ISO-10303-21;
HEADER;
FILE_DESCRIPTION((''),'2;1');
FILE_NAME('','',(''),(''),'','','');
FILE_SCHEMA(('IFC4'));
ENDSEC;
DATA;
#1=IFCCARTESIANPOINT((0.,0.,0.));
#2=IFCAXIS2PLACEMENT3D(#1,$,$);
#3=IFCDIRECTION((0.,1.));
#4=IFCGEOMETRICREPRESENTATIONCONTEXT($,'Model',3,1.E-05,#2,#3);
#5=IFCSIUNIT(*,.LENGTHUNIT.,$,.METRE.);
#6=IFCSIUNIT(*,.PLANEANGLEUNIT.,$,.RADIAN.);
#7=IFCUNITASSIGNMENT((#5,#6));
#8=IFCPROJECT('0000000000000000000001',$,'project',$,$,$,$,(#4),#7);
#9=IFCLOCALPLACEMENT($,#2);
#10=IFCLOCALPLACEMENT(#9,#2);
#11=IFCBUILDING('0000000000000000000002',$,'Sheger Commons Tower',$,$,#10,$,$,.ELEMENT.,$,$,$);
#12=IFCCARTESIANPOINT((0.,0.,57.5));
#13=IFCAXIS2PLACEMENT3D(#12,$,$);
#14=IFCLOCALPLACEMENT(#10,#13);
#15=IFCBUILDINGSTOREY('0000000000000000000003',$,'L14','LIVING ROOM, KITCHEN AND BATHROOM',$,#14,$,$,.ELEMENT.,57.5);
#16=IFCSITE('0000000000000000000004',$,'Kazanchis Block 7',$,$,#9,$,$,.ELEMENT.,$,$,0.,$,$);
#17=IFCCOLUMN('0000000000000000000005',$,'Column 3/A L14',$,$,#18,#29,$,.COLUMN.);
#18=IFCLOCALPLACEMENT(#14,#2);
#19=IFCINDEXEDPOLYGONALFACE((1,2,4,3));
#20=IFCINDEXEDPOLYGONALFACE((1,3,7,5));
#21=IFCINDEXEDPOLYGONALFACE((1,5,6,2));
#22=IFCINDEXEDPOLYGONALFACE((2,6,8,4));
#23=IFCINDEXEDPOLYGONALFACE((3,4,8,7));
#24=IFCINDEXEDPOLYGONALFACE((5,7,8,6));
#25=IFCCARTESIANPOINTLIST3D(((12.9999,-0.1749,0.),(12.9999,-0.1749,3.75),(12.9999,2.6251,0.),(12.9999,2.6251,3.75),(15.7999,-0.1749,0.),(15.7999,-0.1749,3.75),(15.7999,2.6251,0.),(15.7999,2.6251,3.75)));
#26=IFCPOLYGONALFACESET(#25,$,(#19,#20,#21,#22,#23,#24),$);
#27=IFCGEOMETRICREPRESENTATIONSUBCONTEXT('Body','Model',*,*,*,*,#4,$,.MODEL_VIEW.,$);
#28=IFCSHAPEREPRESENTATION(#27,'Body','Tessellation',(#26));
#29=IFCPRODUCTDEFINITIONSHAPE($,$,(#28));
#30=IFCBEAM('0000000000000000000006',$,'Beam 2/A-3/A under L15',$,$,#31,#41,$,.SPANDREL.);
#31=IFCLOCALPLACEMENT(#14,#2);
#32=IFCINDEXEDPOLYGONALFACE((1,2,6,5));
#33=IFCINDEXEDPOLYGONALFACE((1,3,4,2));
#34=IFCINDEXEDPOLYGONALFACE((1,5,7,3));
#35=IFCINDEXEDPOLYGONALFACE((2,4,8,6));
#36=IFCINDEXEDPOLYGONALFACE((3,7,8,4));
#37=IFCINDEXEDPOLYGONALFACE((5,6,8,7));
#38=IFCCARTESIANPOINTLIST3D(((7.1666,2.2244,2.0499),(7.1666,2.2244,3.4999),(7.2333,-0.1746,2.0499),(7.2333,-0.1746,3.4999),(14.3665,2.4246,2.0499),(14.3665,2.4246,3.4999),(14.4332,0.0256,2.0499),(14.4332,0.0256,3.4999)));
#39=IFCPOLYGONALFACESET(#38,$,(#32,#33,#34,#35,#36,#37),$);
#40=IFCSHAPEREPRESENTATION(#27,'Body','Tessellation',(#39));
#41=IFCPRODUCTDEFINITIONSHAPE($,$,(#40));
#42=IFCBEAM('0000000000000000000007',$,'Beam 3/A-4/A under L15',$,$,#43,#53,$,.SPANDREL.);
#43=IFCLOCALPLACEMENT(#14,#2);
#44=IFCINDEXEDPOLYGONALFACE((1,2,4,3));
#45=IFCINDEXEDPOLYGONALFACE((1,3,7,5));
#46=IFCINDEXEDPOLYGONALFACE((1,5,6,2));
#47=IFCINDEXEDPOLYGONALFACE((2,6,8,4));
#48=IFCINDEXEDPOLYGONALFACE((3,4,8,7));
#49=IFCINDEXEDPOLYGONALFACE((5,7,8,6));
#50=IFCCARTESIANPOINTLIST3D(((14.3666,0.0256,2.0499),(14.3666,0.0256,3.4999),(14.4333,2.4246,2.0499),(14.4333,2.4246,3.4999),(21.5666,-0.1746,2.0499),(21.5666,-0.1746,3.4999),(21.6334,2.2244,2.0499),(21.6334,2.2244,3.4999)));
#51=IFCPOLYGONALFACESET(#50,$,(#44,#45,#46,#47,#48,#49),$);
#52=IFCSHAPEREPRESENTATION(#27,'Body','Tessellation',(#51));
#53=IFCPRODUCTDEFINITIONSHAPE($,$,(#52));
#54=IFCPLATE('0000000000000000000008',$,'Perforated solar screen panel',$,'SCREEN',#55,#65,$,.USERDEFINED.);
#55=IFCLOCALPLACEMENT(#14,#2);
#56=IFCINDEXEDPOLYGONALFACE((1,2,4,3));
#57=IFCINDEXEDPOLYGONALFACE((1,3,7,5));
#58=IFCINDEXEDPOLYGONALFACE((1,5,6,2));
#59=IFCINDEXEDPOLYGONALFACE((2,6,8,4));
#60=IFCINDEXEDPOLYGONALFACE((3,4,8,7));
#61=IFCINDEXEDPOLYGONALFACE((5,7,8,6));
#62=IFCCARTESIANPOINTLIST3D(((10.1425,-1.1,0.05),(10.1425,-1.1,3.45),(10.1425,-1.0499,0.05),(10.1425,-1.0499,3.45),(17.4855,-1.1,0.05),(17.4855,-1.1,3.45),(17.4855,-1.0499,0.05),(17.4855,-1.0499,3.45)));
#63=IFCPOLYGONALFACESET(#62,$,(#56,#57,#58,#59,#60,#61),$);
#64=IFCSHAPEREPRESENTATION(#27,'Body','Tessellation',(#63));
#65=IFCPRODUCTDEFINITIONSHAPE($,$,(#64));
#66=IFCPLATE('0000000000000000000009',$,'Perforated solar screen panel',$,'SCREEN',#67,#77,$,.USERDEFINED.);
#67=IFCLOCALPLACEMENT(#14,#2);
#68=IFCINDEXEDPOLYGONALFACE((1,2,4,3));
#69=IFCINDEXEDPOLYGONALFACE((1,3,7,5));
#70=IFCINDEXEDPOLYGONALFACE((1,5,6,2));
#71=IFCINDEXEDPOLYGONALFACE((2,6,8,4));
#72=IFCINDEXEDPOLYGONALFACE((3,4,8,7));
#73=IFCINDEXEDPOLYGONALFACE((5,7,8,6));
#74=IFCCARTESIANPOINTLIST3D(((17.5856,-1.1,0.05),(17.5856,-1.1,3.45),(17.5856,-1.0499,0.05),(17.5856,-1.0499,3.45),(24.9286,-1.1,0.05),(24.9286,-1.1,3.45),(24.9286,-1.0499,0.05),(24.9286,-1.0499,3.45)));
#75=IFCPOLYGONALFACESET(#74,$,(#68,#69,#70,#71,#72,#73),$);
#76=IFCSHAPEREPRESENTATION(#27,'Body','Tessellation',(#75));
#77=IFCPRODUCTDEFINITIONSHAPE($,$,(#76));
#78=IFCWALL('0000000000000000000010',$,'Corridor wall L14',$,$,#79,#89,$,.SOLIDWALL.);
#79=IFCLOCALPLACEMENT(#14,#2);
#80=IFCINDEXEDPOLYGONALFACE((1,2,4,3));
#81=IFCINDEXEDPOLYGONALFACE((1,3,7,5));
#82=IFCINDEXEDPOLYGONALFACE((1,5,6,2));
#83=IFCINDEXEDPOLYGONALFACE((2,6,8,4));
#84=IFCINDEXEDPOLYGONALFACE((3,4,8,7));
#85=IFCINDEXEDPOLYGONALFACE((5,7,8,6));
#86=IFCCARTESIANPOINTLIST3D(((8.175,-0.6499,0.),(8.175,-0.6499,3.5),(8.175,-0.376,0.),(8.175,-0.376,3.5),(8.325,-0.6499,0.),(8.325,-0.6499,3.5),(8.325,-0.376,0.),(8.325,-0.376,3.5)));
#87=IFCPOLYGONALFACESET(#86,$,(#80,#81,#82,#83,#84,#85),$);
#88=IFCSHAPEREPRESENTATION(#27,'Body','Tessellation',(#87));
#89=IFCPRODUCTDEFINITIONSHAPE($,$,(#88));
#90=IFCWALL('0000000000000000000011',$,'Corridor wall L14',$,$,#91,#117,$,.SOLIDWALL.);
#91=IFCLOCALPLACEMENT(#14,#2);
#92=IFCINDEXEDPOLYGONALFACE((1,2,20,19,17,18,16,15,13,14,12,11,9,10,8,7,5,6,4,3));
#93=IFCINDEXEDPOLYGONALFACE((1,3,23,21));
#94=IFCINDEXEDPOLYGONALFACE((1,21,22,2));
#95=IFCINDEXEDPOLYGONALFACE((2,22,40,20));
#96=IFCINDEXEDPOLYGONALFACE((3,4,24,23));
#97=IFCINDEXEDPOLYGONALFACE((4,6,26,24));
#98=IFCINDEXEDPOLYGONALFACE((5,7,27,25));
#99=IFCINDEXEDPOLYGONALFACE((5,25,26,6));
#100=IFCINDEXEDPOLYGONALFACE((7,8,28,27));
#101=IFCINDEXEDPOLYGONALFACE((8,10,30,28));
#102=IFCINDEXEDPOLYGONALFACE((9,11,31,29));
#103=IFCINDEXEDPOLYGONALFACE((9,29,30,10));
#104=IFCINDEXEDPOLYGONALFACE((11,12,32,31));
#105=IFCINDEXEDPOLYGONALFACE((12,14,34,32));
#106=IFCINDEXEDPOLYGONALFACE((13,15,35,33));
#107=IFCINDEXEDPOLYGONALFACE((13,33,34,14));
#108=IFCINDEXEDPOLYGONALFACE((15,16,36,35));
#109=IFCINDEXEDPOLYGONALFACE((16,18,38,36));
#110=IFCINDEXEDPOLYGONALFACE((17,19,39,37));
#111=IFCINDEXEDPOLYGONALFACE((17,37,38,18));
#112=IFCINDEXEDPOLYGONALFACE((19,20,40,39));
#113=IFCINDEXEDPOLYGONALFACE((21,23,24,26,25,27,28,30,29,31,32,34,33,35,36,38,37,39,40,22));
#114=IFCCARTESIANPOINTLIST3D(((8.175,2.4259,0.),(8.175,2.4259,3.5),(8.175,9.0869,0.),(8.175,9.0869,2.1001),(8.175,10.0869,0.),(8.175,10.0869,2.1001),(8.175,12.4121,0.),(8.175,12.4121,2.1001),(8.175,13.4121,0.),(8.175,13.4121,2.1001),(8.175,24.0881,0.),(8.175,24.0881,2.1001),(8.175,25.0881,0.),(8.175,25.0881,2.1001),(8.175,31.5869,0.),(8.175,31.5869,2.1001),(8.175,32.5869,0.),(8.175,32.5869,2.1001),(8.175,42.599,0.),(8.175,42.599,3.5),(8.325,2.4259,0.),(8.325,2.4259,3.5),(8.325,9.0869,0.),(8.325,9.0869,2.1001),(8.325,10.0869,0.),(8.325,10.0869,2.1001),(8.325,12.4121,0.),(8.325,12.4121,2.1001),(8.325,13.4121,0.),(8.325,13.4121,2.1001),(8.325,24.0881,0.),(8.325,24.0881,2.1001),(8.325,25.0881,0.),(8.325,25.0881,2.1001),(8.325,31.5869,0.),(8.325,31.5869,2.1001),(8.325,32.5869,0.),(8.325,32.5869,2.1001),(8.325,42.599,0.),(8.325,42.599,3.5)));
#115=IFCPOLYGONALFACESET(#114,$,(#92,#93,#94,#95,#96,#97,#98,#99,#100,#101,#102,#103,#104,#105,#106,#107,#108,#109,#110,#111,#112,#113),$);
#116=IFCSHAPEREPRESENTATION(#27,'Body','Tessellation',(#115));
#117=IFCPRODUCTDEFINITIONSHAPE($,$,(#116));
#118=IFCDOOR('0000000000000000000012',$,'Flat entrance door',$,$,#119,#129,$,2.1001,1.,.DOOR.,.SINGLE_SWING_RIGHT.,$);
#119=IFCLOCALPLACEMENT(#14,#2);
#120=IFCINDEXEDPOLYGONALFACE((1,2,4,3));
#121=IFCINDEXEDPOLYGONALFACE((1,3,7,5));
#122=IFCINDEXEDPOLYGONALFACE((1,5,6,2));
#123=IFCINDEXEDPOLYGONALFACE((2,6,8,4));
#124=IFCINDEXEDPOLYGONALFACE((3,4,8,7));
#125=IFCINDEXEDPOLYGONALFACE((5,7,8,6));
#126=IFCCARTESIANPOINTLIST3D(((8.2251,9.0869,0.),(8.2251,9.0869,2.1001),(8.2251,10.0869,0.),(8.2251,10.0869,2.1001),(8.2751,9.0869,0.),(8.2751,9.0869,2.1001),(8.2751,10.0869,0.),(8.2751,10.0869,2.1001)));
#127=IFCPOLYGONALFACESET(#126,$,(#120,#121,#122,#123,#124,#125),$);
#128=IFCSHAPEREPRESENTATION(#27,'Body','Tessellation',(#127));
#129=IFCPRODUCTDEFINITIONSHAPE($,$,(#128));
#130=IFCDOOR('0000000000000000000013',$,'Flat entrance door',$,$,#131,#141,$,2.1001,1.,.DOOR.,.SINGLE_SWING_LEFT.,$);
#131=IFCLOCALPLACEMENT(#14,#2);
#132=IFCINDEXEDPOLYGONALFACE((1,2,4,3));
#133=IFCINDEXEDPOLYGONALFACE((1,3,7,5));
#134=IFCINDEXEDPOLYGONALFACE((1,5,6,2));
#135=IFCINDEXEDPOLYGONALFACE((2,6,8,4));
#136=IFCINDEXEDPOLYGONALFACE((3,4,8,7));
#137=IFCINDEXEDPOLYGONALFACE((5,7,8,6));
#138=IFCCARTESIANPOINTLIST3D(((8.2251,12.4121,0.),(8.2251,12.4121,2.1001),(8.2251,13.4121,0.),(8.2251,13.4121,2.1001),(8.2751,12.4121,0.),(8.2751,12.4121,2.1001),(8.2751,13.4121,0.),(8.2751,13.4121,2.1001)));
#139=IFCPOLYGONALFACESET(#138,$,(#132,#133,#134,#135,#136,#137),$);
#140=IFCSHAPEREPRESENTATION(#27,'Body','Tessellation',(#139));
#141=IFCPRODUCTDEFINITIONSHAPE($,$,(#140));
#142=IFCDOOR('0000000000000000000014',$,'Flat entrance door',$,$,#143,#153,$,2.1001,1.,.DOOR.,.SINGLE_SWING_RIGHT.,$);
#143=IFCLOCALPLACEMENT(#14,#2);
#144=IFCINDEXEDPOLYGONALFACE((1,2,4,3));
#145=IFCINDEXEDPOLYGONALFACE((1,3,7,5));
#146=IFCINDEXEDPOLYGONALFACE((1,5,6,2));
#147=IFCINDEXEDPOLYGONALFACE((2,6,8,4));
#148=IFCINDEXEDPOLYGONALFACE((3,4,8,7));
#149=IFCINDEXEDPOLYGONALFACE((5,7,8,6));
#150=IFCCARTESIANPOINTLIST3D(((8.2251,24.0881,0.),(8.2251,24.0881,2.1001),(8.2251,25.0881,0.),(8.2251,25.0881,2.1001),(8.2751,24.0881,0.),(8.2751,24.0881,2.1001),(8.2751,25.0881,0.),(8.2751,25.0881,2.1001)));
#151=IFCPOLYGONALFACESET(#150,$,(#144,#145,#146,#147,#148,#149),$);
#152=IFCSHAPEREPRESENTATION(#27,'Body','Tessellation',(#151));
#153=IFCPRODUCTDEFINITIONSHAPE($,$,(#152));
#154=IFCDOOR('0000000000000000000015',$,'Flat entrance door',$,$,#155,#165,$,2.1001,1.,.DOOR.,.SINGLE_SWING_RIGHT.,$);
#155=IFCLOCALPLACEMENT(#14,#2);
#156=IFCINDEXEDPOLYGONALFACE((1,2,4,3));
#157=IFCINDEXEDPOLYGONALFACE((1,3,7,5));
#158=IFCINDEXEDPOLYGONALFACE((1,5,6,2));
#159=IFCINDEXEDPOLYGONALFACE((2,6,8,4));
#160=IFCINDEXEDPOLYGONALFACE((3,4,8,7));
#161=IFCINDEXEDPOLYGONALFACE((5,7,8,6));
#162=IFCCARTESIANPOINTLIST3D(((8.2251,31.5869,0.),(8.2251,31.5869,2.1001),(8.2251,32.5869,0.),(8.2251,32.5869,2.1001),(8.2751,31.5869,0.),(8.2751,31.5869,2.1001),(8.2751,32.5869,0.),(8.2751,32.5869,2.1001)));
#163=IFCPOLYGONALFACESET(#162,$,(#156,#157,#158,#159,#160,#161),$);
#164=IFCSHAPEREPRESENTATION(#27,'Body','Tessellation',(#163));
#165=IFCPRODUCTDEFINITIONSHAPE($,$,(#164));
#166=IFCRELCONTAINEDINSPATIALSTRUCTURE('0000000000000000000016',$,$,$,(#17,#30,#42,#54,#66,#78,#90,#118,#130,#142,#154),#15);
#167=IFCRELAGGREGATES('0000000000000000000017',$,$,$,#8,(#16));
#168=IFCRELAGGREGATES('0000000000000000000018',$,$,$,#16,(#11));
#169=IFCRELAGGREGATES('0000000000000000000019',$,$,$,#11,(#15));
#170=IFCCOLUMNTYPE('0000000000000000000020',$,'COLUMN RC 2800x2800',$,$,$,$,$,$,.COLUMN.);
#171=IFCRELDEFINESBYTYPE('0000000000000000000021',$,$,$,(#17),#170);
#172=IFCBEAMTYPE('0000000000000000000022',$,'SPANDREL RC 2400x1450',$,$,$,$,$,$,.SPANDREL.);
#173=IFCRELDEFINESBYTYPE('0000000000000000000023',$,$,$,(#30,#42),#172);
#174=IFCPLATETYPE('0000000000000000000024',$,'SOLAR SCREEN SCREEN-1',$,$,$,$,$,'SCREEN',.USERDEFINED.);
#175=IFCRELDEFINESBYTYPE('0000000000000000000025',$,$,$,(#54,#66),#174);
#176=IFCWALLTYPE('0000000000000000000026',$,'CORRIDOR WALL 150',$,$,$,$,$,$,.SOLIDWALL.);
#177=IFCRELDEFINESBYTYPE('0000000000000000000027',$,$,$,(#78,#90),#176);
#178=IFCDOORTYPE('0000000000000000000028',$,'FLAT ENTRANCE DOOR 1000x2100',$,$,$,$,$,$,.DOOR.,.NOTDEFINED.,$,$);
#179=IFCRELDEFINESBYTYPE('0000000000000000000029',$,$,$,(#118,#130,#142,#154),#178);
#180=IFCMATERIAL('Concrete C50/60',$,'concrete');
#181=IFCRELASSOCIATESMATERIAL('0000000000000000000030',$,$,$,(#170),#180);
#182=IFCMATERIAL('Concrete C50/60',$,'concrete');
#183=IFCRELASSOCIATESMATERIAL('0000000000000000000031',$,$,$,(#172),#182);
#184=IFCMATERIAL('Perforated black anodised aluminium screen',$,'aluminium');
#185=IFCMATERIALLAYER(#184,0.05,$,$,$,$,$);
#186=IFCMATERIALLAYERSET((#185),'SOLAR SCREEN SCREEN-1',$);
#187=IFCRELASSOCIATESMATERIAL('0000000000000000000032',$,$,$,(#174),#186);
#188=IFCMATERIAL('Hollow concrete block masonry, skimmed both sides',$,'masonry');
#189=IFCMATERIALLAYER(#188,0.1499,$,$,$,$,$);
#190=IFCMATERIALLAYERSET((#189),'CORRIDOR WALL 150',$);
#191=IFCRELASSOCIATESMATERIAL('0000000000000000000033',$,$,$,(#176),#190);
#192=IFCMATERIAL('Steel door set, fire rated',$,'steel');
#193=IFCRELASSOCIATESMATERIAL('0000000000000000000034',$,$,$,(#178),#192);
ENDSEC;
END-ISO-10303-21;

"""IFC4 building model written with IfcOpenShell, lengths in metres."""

from ifc_helpers import new_model, si_unit, direction, frame, frame_2d, origin, origin_2d, place, context, subcontext, project, spatial, rectangle, extrude, material, layer, layer_set, material_profile, profile_set, type_object, element, fill, save


model = new_model("IFC4")

# Units and contexts
model_context = context("Model", 3, precision=1e-05, world=origin(), true_north=direction((0.0, 1.0)))
body_context = subcontext(model_context, "Body", "Model", "MODEL_VIEW")
ifc_project = project(units=[si_unit("LENGTHUNIT", "METRE"), si_unit("PLANEANGLEUNIT", "RADIAN")], contexts=[model_context])

# Site, building, storey
site_placement = place(None, origin())
site = spatial("IfcSite", under=ifc_project, at=site_placement, Name="Kazanchis Block 7", CompositionType="ELEMENT", RefElevation=0.0)
building_placement = place(site_placement, origin())
building = spatial("IfcBuilding", under=site, at=building_placement, Name="Sheger Commons Tower", CompositionType="ELEMENT")
storey_placement = place(building_placement, frame((0.0, 0.0, 57.5)))
storey = spatial("IfcBuildingStorey", under=building, at=storey_placement, Name="L14", Description="LIVING ROOM, KITCHEN AND BATHROOM", CompositionType="ELEMENT", Elevation=57.5)

# Column
ifc_material_1 = material(Name="Concrete C50/60", Category="concrete")
ifc_material_profile_1 = material_profile(ifc_material_1, rectangle(XDim=2.8, YDim=2.8, at=origin_2d()), Name="RC 2800x2800")
ifc_profile_set_1 = profile_set([ifc_material_profile_1], Name="Concrete C50/60")
column_type = type_object("IfcColumnType", Name="COLUMN RC 2800x2800", PredefinedType="COLUMN", material=ifc_profile_set_1)
column_placement = place(storey_placement, frame((14.3999, 1.2251, 0.0), z_axis=(0.0, 0.0, 1.0), x_axis=(1.0, 0.0, 0.0)))
element("IfcColumn", 1, at=column_placement, inside=storey, type_object=column_type, Name="Column 3/A L14", PredefinedType="COLUMN", context=body_context, shape_type="SweptSolid", body=[
    extrude(rectangle(XDim=2.8, YDim=2.8, at=origin_2d()), origin(), (0.0, 0.0, 1.0), 3.75),
])

# Beams
ifc_material_2 = material(Name="Concrete C50/60", Category="concrete")
ifc_material_profile_2 = material_profile(ifc_material_2, rectangle(XDim=2.3999, YDim=1.45, at=origin_2d()), Name="RC 2400x1450")
ifc_profile_set_2 = profile_set([ifc_material_profile_2], Name="Concrete C50/60")
beam_type = type_object("IfcBeamType", Name="SPANDREL RC 2400x1450", PredefinedType="SPANDREL", material=ifc_profile_set_2)
beam_1_placement = place(storey_placement, frame((7.2, 1.0249, 2.7749), z_axis=(0.999614, 0.027794, 0.0), x_axis=(-0.027794, 0.999614, 0.0)))
element("IfcBeam", 2, at=beam_1_placement, inside=storey, type_object=beam_type, Name="Beam 2/A-3/A under L15", PredefinedType="SPANDREL", context=body_context, shape_type="SweptSolid", body=[
    extrude(rectangle(XDim=2.3999, YDim=1.45, at=origin_2d()), origin(), (0.0, 0.0, 1.0), 7.2026),
])
beam_2_placement = place(storey_placement, frame((14.3999, 1.2251, 2.7749), z_axis=(0.999614, -0.027793, 0.0), x_axis=(0.027793, 0.999614, 0.0)))
element("IfcBeam", 3, at=beam_2_placement, inside=storey, type_object=beam_type, Name="Beam 3/A-4/A under L15", PredefinedType="SPANDREL", context=body_context, shape_type="SweptSolid", body=[
    extrude(rectangle(XDim=2.3999, YDim=1.45, at=origin_2d()), origin(), (0.0, 0.0, 1.0), 7.2029),
])

# Plates
ifc_material_3 = material(Name="Perforated black anodised aluminium screen", Category="aluminium")
ifc_layer_1 = layer(ifc_material_3, 0.05)
ifc_layer_set_1 = layer_set([ifc_layer_1], Name="SOLAR SCREEN SCREEN-1")
plate_type = type_object("IfcPlateType", Name="SOLAR SCREEN SCREEN-1", ElementType="SCREEN", PredefinedType="USERDEFINED", material=ifc_layer_set_1)
for number, where, z_axis, x_axis, name in (
    (4, (13.814, -1.075, 0.05), (0.0, 0.0, 1.0), (1.0, 0.0, 0.0), "Perforated solar screen panel"),
    (5, (21.2571, -1.075, 0.05), (0.0, 0.0, 1.0), (1.0, 0.0, 0.0), "Perforated solar screen panel"),
):
    element("IfcPlate", number, at=place(storey_placement, frame(where, z_axis=z_axis, x_axis=x_axis)), inside=storey, type_object=plate_type, Name=name, ObjectType="SCREEN", PredefinedType="USERDEFINED", context=body_context, shape_type="SweptSolid", body=[
        extrude(rectangle(XDim=7.343, YDim=0.05, at=origin_2d()), origin(), (0.0, 0.0, 1.0), 3.3999),
    ])

# Wall
ifc_material_4 = material(Name="Hollow concrete block masonry, skimmed both sides", Category="masonry")
ifc_layer_2 = layer(ifc_material_4, 0.1499)
ifc_layer_set_2 = layer_set([ifc_layer_2], Name="CORRIDOR WALL 150")
wall_type_1 = type_object("IfcWallType", Name="CORRIDOR WALL 150", PredefinedType="SOLIDWALL", material=ifc_layer_set_2)
wall_1_placement = place(storey_placement, frame((8.25, -0.6499, 0.0), z_axis=(0.0, 0.0, 1.0), x_axis=(0.0, 1.0, 0.0)))
element("IfcWall", 6, at=wall_1_placement, inside=storey, type_object=wall_type_1, Name="Corridor wall L14", PredefinedType="SOLIDWALL", context=body_context, shape_type="SweptSolid", body=[
    extrude(rectangle(XDim=0.2739, YDim=0.1499, at=frame_2d((0.137, 0.0))), origin(), (0.0, 0.0, 1.0), 3.5),
])

# Wall, openings, doors
wall_2_placement = place(storey_placement, frame((8.25, 2.426, 0.0), z_axis=(0.0, 0.0, 1.0), x_axis=(0.0, 1.0, 0.0)))
wall_2 = element("IfcWall", 7, at=wall_2_placement, inside=storey, type_object=wall_type_1, Name="Corridor wall L14", PredefinedType="SOLIDWALL", context=body_context, shape_type="SweptSolid", body=[
    extrude(rectangle(XDim=40.1731, YDim=0.1499, at=frame_2d((20.0864, 0.0))), origin(), (0.0, 0.0, 1.0), 3.5),
])
opening_1_placement = place(wall_2_placement, frame((6.6609, 0.0, 0.0)))
opening_1 = element("IfcOpeningElement", 8, at=opening_1_placement, cuts=wall_2, PredefinedType="OPENING", context=body_context, shape_type="SweptSolid", body=[
    extrude(rectangle(XDim=1.0, YDim=2.1001, at=frame_2d((0.5, 1.05))), frame((0.0, 0.085, 0.0), z_axis=(0.0, -1.0, 0.0), x_axis=(1.0, 0.0, 0.0)), (0.0, 0.0, 1.0), 0.1699),
])
opening_2_placement = place(wall_2_placement, frame((9.9861, 0.0, 0.0)))
opening_2 = element("IfcOpeningElement", 9, at=opening_2_placement, cuts=wall_2, PredefinedType="OPENING", context=body_context, shape_type="SweptSolid", body=[
    extrude(rectangle(XDim=1.0, YDim=2.1001, at=frame_2d((0.5, 1.05))), frame((0.0, 0.085, 0.0), z_axis=(0.0, -1.0, 0.0), x_axis=(1.0, 0.0, 0.0)), (0.0, 0.0, 1.0), 0.1699),
])
opening_3_placement = place(wall_2_placement, frame((21.6621, 0.0, 0.0)))
opening_3 = element("IfcOpeningElement", 10, at=opening_3_placement, cuts=wall_2, PredefinedType="OPENING", context=body_context, shape_type="SweptSolid", body=[
    extrude(rectangle(XDim=1.0, YDim=2.1001, at=frame_2d((0.5, 1.05))), frame((0.0, 0.085, 0.0), z_axis=(0.0, -1.0, 0.0), x_axis=(1.0, 0.0, 0.0)), (0.0, 0.0, 1.0), 0.1699),
])
opening_4_placement = place(wall_2_placement, frame((29.1609, 0.0, 0.0)))
opening_4 = element("IfcOpeningElement", 11, at=opening_4_placement, cuts=wall_2, PredefinedType="OPENING", context=body_context, shape_type="SweptSolid", body=[
    extrude(rectangle(XDim=1.0, YDim=2.1001, at=frame_2d((0.5, 1.05))), frame((0.0, 0.085, 0.0), z_axis=(0.0, -1.0, 0.0), x_axis=(1.0, 0.0, 0.0)), (0.0, 0.0, 1.0), 0.1699),
])
ifc_material_5 = material(Name="Steel door set, fire rated", Category="steel")
door_type_1 = type_object("IfcDoorType", Name="FLAT ENTRANCE DOOR 1000x2100", OperationType="NOTDEFINED", PredefinedType="DOOR", material=ifc_material_5)
door_1_placement = place(opening_1_placement, origin())
door_1 = element("IfcDoor", 12, at=door_1_placement, inside=storey, type_object=door_type_1, Name="Flat entrance door", OperationType="SINGLE_SWING_RIGHT", OverallHeight=2.1001, OverallWidth=1.0, PredefinedType="DOOR", context=body_context, shape_type="SweptSolid", body=[
    extrude(rectangle(XDim=1.0, YDim=2.1001, at=frame_2d((0.5, 1.05))), frame((0.0, 0.0249, 0.0), z_axis=(0.0, -1.0, 0.0), x_axis=(1.0, 0.0, 0.0)), (0.0, 0.0, 1.0), 0.05),
])
fill(opening_1, door_1)
door_2_placement = place(opening_2_placement, origin())
door_2 = element("IfcDoor", 13, at=door_2_placement, inside=storey, type_object=door_type_1, Name="Flat entrance door", OperationType="SINGLE_SWING_LEFT", OverallHeight=2.1001, OverallWidth=1.0, PredefinedType="DOOR", context=body_context, shape_type="SweptSolid", body=[
    extrude(rectangle(XDim=1.0, YDim=2.1001, at=frame_2d((0.5, 1.05))), frame((0.0, 0.0249, 0.0), z_axis=(0.0, -1.0, 0.0), x_axis=(1.0, 0.0, 0.0)), (0.0, 0.0, 1.0), 0.05),
])
fill(opening_2, door_2)
door_3_placement = place(opening_3_placement, origin())
door_3 = element("IfcDoor", 14, at=door_3_placement, inside=storey, type_object=door_type_1, Name="Flat entrance door", OperationType="SINGLE_SWING_RIGHT", OverallHeight=2.1001, OverallWidth=1.0, PredefinedType="DOOR", context=body_context, shape_type="SweptSolid", body=[
    extrude(rectangle(XDim=1.0, YDim=2.1001, at=frame_2d((0.5, 1.05))), frame((0.0, 0.0249, 0.0), z_axis=(0.0, -1.0, 0.0), x_axis=(1.0, 0.0, 0.0)), (0.0, 0.0, 1.0), 0.05),
])
fill(opening_3, door_3)
door_4_placement = place(opening_4_placement, origin())
door_4 = element("IfcDoor", 15, at=door_4_placement, inside=storey, type_object=door_type_1, Name="Flat entrance door", OperationType="SINGLE_SWING_RIGHT", OverallHeight=2.1001, OverallWidth=1.0, PredefinedType="DOOR", context=body_context, shape_type="SweptSolid", body=[
    extrude(rectangle(XDim=1.0, YDim=2.1001, at=frame_2d((0.5, 1.05))), frame((0.0, 0.0249, 0.0), z_axis=(0.0, -1.0, 0.0), x_axis=(1.0, 0.0, 0.0)), (0.0, 0.0, 1.0), 0.05),
])
fill(opening_4, door_4)

save(model, "model.ifc")
